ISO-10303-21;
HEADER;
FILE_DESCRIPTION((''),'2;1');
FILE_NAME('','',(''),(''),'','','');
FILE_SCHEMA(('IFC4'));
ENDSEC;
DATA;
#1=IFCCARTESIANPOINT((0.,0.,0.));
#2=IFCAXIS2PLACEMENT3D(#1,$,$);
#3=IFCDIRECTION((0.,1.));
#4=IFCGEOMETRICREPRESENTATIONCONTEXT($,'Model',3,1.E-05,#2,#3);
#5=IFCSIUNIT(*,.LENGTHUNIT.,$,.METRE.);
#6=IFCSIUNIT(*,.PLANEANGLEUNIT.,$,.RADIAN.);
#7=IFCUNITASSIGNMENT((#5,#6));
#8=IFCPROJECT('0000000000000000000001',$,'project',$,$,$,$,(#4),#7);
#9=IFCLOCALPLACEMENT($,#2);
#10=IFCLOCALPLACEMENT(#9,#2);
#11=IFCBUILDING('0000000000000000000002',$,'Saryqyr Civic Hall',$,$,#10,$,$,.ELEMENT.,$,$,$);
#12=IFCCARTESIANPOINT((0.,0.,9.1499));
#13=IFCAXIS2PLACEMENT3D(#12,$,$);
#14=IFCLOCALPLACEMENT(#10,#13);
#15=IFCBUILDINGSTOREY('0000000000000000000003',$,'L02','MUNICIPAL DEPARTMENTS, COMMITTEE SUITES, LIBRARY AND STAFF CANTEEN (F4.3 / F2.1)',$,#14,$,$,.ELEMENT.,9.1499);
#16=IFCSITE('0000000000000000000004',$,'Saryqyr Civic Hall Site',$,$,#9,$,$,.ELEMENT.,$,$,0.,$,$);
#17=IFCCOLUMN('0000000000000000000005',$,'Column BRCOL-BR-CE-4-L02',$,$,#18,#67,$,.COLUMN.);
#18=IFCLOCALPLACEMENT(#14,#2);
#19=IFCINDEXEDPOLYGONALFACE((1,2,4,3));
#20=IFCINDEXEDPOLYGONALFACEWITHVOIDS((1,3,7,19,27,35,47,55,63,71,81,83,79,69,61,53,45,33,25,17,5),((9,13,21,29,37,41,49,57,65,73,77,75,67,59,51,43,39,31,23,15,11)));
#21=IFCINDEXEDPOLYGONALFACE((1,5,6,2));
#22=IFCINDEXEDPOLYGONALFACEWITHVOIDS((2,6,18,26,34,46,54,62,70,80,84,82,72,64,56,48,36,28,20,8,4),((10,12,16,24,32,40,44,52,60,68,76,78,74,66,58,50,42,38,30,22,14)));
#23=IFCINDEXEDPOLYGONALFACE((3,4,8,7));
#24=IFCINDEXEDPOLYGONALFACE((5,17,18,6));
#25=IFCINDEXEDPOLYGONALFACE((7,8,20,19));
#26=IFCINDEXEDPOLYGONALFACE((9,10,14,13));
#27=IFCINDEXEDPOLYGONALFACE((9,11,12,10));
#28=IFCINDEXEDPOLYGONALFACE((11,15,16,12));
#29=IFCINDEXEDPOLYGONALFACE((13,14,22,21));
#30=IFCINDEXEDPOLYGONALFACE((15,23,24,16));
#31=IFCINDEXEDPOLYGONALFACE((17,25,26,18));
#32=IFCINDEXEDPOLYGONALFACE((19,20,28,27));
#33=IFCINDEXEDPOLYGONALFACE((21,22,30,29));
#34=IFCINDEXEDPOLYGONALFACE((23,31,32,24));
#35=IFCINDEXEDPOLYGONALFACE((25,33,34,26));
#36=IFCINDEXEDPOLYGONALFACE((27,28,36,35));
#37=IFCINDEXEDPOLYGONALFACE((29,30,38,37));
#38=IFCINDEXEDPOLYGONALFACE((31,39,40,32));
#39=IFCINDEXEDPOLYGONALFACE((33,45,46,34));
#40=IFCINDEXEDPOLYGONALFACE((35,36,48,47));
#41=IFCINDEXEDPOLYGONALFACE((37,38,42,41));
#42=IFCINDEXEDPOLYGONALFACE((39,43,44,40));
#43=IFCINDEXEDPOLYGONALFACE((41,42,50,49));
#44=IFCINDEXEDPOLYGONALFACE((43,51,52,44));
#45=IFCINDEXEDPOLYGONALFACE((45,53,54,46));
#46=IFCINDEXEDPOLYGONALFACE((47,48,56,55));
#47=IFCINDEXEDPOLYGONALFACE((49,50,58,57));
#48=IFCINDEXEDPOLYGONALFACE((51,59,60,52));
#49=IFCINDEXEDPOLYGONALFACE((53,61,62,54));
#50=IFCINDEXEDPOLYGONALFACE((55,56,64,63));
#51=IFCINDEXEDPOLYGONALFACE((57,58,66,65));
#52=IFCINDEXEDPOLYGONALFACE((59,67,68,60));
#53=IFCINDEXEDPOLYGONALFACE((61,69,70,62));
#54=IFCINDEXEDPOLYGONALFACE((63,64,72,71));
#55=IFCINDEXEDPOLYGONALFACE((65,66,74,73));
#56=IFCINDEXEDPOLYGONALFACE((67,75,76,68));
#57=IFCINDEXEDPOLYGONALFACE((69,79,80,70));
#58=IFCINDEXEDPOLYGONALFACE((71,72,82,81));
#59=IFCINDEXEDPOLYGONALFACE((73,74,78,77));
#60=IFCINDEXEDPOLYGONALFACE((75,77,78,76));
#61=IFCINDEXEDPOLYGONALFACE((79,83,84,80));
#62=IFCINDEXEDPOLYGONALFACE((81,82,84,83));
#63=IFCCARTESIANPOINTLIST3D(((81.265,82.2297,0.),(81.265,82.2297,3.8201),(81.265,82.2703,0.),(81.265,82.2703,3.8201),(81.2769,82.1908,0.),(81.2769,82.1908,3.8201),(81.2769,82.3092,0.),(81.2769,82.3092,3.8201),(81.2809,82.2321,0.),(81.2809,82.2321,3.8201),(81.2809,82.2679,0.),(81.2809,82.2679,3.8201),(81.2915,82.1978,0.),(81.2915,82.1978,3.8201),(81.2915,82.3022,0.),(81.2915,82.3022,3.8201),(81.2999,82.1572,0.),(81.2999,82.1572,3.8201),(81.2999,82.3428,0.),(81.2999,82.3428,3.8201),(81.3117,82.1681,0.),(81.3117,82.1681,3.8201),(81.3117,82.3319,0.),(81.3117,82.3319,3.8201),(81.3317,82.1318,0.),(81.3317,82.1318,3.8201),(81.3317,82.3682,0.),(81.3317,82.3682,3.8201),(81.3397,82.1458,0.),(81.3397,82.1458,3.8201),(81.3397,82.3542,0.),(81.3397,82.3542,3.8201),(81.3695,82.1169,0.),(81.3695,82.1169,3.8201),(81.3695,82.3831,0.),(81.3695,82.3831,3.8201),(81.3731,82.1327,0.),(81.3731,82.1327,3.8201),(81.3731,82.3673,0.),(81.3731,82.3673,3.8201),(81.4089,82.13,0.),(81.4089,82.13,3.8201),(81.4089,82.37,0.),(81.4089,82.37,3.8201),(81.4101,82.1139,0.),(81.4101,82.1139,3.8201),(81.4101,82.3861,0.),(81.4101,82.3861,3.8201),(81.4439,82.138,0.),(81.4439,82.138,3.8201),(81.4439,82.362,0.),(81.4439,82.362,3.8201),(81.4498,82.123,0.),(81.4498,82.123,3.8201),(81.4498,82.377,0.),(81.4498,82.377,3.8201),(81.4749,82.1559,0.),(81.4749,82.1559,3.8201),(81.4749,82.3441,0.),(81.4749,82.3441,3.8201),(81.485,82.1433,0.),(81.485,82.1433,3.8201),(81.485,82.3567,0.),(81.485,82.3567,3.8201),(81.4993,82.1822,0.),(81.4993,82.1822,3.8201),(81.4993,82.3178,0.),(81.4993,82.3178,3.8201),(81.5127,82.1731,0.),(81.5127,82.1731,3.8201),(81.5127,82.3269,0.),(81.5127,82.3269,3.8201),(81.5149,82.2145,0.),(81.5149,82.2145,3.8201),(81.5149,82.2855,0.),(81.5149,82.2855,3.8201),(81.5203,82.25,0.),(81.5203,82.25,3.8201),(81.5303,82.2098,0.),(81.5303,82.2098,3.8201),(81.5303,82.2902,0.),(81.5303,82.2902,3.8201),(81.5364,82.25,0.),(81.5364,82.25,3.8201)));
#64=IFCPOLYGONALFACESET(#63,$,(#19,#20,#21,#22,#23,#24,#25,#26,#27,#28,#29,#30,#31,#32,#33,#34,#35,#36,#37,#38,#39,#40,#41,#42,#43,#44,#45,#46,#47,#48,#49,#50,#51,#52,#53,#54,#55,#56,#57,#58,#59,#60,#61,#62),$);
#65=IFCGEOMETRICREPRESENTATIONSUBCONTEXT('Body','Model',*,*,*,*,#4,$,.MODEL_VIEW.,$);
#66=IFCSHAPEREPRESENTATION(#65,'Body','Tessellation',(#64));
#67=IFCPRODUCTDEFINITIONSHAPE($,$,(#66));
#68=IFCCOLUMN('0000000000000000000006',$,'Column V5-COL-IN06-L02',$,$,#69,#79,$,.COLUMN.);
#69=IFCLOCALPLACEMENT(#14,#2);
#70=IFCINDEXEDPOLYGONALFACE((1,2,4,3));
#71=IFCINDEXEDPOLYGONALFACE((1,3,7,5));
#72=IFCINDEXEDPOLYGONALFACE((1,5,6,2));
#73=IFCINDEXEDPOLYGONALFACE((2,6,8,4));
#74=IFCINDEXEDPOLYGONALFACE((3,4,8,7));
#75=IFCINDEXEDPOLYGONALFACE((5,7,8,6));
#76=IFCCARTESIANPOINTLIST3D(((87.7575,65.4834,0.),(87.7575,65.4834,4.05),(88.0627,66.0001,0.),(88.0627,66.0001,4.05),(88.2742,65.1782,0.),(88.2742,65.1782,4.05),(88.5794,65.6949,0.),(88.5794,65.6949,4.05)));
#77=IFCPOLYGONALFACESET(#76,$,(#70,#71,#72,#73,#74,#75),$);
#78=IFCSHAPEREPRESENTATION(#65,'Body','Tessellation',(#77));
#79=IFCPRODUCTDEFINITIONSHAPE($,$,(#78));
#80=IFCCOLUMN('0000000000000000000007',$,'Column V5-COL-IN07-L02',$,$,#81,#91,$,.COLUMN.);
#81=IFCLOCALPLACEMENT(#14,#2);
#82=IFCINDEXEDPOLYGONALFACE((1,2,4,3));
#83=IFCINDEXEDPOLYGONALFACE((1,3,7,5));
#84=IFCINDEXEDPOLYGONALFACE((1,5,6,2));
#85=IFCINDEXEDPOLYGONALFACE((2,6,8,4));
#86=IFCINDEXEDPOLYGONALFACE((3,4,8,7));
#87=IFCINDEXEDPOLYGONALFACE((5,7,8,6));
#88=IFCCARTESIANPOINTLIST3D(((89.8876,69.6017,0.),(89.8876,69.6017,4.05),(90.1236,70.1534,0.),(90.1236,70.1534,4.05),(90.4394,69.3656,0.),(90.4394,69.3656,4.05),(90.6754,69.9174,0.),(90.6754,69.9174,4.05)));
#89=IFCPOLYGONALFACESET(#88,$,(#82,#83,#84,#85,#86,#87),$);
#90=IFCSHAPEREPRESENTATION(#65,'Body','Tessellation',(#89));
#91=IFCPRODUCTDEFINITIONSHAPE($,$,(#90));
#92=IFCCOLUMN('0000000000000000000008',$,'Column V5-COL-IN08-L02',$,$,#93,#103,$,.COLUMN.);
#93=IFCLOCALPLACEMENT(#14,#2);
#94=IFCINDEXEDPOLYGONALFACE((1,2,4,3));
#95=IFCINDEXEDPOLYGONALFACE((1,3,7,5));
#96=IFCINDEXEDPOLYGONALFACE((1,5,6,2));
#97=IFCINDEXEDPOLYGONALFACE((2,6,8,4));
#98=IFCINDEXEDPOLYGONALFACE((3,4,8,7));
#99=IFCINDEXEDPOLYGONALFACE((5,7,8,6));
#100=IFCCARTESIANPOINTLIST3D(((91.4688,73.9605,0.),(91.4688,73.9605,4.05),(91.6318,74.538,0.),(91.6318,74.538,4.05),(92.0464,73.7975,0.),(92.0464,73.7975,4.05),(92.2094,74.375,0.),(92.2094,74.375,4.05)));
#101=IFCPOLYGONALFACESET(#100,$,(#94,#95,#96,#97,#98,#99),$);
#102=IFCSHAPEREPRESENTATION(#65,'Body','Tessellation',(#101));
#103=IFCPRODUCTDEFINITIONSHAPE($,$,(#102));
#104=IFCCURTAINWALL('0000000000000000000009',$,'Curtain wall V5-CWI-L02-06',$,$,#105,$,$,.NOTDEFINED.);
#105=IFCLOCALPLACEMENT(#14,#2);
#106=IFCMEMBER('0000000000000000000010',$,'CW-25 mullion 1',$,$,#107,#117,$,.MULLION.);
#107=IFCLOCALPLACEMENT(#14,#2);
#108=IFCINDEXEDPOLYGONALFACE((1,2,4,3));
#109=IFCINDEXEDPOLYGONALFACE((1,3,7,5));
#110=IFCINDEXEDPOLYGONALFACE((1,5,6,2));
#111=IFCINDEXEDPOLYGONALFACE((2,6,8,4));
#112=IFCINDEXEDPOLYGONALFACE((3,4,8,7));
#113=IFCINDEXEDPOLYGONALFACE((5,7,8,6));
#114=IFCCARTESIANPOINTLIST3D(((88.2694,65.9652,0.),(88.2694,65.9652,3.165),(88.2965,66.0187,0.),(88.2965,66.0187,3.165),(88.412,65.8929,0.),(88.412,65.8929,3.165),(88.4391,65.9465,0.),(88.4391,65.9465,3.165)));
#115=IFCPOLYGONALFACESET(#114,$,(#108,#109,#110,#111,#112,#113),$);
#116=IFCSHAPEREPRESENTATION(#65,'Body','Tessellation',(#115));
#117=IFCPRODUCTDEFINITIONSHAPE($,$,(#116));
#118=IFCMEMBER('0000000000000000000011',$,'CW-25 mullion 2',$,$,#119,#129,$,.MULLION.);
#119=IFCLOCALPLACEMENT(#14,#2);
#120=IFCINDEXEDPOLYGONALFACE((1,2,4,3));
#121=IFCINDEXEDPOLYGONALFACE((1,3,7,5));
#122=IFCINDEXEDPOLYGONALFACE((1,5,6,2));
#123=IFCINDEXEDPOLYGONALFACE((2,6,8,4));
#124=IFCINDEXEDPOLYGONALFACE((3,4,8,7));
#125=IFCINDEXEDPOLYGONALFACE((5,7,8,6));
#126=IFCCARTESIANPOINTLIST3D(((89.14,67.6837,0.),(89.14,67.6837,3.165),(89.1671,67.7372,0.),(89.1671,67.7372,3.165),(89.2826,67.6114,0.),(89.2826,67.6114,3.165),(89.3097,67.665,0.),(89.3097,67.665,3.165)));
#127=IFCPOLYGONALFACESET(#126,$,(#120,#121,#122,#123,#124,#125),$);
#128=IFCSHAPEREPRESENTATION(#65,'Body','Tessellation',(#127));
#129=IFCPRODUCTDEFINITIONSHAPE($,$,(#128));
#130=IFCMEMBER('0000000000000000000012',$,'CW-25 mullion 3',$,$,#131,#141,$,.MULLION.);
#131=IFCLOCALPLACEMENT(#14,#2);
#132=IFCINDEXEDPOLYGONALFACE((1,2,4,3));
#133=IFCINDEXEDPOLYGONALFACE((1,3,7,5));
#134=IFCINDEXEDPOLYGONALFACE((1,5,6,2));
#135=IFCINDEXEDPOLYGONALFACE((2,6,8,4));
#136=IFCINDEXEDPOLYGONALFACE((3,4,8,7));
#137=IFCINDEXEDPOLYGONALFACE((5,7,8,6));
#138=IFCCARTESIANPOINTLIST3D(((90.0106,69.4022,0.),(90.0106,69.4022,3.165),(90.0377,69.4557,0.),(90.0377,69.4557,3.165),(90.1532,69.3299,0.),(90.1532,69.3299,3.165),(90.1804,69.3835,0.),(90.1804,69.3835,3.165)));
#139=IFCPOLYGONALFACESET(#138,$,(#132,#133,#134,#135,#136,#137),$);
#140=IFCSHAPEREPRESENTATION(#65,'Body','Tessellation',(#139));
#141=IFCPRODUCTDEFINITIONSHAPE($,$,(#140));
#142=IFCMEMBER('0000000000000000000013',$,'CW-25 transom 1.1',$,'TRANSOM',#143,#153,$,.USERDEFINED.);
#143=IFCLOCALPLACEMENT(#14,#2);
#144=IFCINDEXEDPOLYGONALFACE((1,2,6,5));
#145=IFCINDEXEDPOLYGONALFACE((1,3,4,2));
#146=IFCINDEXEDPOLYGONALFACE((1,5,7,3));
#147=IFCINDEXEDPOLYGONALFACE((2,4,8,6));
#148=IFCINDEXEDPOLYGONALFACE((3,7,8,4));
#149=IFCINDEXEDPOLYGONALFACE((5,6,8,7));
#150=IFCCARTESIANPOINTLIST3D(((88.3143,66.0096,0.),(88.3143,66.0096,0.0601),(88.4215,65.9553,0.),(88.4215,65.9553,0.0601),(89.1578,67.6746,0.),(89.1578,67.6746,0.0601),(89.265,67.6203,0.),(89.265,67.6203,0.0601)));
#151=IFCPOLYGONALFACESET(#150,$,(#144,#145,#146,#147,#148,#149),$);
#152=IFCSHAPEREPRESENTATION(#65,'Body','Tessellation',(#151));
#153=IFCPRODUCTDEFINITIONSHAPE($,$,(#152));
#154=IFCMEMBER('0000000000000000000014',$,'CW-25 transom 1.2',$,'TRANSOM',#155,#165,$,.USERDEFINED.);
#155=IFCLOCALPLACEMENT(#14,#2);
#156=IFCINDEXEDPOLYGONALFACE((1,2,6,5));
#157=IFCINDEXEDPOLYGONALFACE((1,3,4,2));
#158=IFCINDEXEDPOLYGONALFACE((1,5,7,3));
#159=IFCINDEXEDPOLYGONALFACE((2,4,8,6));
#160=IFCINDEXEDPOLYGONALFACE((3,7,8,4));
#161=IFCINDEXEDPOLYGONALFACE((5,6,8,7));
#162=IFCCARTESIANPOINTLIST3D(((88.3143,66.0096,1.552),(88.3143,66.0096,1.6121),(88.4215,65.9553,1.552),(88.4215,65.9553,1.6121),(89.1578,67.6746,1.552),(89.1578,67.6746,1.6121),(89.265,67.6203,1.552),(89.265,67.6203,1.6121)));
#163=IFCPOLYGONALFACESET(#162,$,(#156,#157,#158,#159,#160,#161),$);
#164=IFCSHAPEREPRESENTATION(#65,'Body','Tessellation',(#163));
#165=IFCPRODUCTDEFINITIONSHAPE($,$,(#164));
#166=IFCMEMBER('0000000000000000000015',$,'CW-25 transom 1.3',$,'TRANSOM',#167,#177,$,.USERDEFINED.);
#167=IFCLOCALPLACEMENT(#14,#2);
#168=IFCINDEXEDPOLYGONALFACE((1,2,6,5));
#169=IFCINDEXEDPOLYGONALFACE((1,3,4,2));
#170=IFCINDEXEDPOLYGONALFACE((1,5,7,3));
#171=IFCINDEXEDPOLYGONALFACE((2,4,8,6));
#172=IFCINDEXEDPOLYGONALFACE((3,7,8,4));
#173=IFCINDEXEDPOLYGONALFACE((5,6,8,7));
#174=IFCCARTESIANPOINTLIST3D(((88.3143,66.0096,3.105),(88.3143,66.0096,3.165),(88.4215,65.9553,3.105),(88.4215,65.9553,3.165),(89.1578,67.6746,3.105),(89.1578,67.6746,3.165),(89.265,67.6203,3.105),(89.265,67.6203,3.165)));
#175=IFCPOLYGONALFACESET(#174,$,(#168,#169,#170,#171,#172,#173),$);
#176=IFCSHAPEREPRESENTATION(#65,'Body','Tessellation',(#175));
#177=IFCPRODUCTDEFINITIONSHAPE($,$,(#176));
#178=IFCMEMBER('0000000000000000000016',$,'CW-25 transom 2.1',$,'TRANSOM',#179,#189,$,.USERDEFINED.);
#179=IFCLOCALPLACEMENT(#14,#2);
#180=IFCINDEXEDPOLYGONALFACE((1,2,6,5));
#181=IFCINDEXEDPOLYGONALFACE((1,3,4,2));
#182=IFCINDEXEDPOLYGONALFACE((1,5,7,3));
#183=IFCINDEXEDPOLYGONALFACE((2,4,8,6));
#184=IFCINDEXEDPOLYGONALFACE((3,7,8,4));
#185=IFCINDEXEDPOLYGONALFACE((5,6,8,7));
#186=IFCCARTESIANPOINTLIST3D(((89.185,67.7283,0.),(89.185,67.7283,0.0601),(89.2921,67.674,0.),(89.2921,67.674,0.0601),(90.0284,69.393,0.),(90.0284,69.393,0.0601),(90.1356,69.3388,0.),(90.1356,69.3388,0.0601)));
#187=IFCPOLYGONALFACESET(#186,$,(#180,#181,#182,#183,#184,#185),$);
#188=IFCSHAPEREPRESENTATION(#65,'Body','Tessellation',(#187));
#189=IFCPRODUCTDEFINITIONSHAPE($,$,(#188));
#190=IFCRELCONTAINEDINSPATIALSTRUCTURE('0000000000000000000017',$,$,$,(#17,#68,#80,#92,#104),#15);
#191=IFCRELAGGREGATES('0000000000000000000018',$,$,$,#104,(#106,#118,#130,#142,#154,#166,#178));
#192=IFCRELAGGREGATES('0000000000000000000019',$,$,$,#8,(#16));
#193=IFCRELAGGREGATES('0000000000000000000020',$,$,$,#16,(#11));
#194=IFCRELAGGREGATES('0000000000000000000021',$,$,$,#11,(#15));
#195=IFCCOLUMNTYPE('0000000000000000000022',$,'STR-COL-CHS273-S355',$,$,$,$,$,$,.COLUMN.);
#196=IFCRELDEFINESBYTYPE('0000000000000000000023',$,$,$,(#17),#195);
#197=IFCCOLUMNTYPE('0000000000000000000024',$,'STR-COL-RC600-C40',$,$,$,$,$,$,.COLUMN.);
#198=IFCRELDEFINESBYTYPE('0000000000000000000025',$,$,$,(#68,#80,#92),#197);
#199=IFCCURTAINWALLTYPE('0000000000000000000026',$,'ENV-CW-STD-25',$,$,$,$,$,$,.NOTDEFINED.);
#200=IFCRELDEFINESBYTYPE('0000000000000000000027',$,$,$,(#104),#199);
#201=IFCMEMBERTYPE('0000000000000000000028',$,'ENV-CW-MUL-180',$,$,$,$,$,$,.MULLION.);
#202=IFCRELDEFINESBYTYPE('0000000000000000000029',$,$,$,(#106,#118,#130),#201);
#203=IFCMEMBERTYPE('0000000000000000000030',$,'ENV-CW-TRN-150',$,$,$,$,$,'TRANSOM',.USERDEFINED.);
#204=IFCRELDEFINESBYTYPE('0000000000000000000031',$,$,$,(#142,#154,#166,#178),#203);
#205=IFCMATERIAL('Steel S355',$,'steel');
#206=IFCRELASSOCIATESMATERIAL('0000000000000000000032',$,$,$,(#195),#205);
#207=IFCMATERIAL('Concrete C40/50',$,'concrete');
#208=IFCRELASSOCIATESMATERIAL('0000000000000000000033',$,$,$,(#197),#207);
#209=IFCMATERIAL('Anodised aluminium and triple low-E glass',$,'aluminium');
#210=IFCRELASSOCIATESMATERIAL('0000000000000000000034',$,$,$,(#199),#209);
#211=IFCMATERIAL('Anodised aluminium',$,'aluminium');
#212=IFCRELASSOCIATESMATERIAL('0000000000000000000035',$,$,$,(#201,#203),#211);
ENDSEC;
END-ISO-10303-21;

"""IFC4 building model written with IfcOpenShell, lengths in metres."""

from ifc_helpers import new_model, si_unit, direction, frame, origin, origin_2d, place, context, subcontext, project, spatial, rectangle, hollow_circle, extrude, material, material_profile, profile_set, type_object, element, aggregate, save


model = new_model("IFC4")

# Units and contexts
model_context = context("Model", 3, precision=1e-05, world=origin(), true_north=direction((0.0, 1.0)))
body_context = subcontext(model_context, "Body", "Model", "MODEL_VIEW")
ifc_project = project(units=[si_unit("LENGTHUNIT", "METRE"), si_unit("PLANEANGLEUNIT", "RADIAN")], contexts=[model_context])

# Site, building, storey
site_placement = place(None, origin())
site = spatial("IfcSite", under=ifc_project, at=site_placement, Name="Saryqyr Civic Hall Site", CompositionType="ELEMENT", RefElevation=0.0)
building_placement = place(site_placement, origin())
building = spatial("IfcBuilding", under=site, at=building_placement, Name="Saryqyr Civic Hall", CompositionType="ELEMENT")
storey_placement = place(building_placement, frame((0.0, 0.0, 9.1499)))
storey = spatial("IfcBuildingStorey", under=building, at=storey_placement, Name="L02", Description="MUNICIPAL DEPARTMENTS, COMMITTEE SUITES, LIBRARY AND STAFF CANTEEN (F4.3 / F2.1)", CompositionType="ELEMENT", Elevation=9.1499)

# Columns
ifc_material_1 = material(Name="Steel S355", Category="steel")
ifc_material_profile_1 = material_profile(ifc_material_1, hollow_circle(Radius=0.1365, WallThickness=0.0161, at=origin_2d()), Name="CHS 273x16")
ifc_profile_set_1 = profile_set([ifc_material_profile_1], Name="Steel S355")
column_type_1 = type_object("IfcColumnType", Name="STR-COL-CHS273-S355", PredefinedType="COLUMN", material=ifc_profile_set_1)
for number, where, z_axis, x_axis, name in (
    (1, (81.3999, 82.25, 0.0), (0.0, 0.0, 1.0), (1.0, 0.0, 0.0), "Column BRCOL-BR-CE-4-L02"),
):
    element("IfcColumn", number, at=place(storey_placement, frame(where, z_axis=z_axis, x_axis=x_axis)), inside=storey, type_object=column_type_1, Name=name, PredefinedType="COLUMN", context=body_context, shape_type="SweptSolid", body=[
        extrude(hollow_circle(Radius=0.1365, WallThickness=0.0161, at=origin_2d()), origin(), (0.0, 0.0, 1.0), 3.8201),
    ])
ifc_material_2 = material(Name="Concrete C40/50", Category="concrete")
ifc_material_profile_2 = material_profile(ifc_material_2, rectangle(XDim=0.6001, YDim=0.6001, at=origin_2d()), Name="RC 600x600")
ifc_profile_set_2 = profile_set([ifc_material_profile_2], Name="Concrete C40/50")
column_type_2 = type_object("IfcColumnType", Name="STR-COL-RC600-C40", PredefinedType="COLUMN", material=ifc_profile_set_2)
for number, where, z_axis, x_axis, name in (
    (2, (88.1685, 65.5891, 0.0), (0.0, 0.0, 1.0), (0.861008, -0.508591, 0.0), "Column V5-COL-IN06-L02"),
    (3, (90.2815, 69.7595, 0.0), (0.0, 0.0, 1.0), (0.91941, -0.3933, 0.0), "Column V5-COL-IN07-L02"),
    (4, (91.8391, 74.1677, 0.0), (0.0, 0.0, 1.0), (0.962408, -0.271608, 0.0), "Column V5-COL-IN08-L02"),
):
    element("IfcColumn", number, at=place(storey_placement, frame(where, z_axis=z_axis, x_axis=x_axis)), inside=storey, type_object=column_type_2, Name=name, PredefinedType="COLUMN", context=body_context, shape_type="SweptSolid", body=[
        extrude(rectangle(XDim=0.6001, YDim=0.6001, at=origin_2d()), origin(), (0.0, 0.0, 1.0), 4.05),
    ])

# Curtain wall, members
ifc_material_3 = material(Name="Anodised aluminium and triple low-E glass", Category="aluminium")
curtain_wall_type = type_object("IfcCurtainWallType", Name="ENV-CW-STD-25", PredefinedType="NOTDEFINED", material=ifc_material_3)
curtain_wall_placement = place(storey_placement, origin())
curtain_wall = element("IfcCurtainWall", 5, at=curtain_wall_placement, inside=storey, type_object=curtain_wall_type, Name="Curtain wall V5-CWI-L02-06", PredefinedType="NOTDEFINED")
ifc_material_4 = material(Name="Anodised aluminium", Category="aluminium")
ifc_material_profile_3 = material_profile(ifc_material_4, rectangle(XDim=0.0601, YDim=0.1599, at=origin_2d()), Name="ALU MULLION 60x160")
ifc_profile_set_3 = profile_set([ifc_material_profile_3], Name="Anodised aluminium")
member_type_1 = type_object("IfcMemberType", Name="ENV-CW-MUL-180", PredefinedType="MULLION", material=ifc_profile_set_3)
member_1_placement = place(storey_placement, frame((88.3542, 65.9558, 0.0), z_axis=(0.0, 0.0, 1.0), x_axis=(0.45191, 0.892064, 0.0)))
member_1 = element("IfcMember", 6, at=member_1_placement, type_object=member_type_1, Name="CW-25 mullion 1", PredefinedType="MULLION", context=body_context, shape_type="SweptSolid", body=[
    extrude(rectangle(XDim=0.0601, YDim=0.1599, at=origin_2d()), origin(), (0.0, 0.0, 1.0), 3.165),
])
member_2_placement = place(storey_placement, frame((89.2249, 67.6743, 0.0), z_axis=(0.0, 0.0, 1.0), x_axis=(0.45191, 0.892064, 0.0)))
member_2 = element("IfcMember", 7, at=member_2_placement, type_object=member_type_1, Name="CW-25 mullion 2", PredefinedType="MULLION", context=body_context, shape_type="SweptSolid", body=[
    extrude(rectangle(XDim=0.0601, YDim=0.1599, at=origin_2d()), origin(), (0.0, 0.0, 1.0), 3.165),
])
member_3_placement = place(storey_placement, frame((90.0955, 69.3928, 0.0), z_axis=(0.0, 0.0, 1.0), x_axis=(0.45191, 0.892064, 0.0)))
member_3 = element("IfcMember", 8, at=member_3_placement, type_object=member_type_1, Name="CW-25 mullion 3", PredefinedType="MULLION", context=body_context, shape_type="SweptSolid", body=[
    extrude(rectangle(XDim=0.0601, YDim=0.1599, at=origin_2d()), origin(), (0.0, 0.0, 1.0), 3.165),
])
ifc_material_profile_4 = material_profile(ifc_material_4, rectangle(XDim=0.1201, YDim=0.0601, at=origin_2d()), Name="ALU TRANSOM 120x60")
ifc_profile_set_4 = profile_set([ifc_material_profile_4], Name="Anodised aluminium")
member_type_2 = type_object("IfcMemberType", Name="ENV-CW-TRN-150", ElementType="TRANSOM", PredefinedType="USERDEFINED", material=ifc_profile_set_4)
member_4_placement = place(storey_placement, frame((88.3679, 65.9824, 0.03), z_axis=(0.451916, 0.89206, 0.0), x_axis=(-0.89206, 0.451916, 0.0)))
member_4 = element("IfcMember", 9, at=member_4_placement, type_object=member_type_2, Name="CW-25 transom 1.1", ObjectType="TRANSOM", PredefinedType="USERDEFINED", context=body_context, shape_type="SweptSolid", body=[
    extrude(rectangle(XDim=0.1201, YDim=0.0601, at=origin_2d()), origin(), (0.0, 0.0, 1.0), 1.8665),
])
member_5_placement = place(storey_placement, frame((88.3679, 65.9824, 1.582), z_axis=(0.451916, 0.89206, 0.0), x_axis=(-0.89206, 0.451916, 0.0)))
member_5 = element("IfcMember", 10, at=member_5_placement, type_object=member_type_2, Name="CW-25 transom 1.2", ObjectType="TRANSOM", PredefinedType="USERDEFINED", context=body_context, shape_type="SweptSolid", body=[
    extrude(rectangle(XDim=0.1201, YDim=0.0601, at=origin_2d()), origin(), (0.0, 0.0, 1.0), 1.8665),
])
member_6_placement = place(storey_placement, frame((88.3679, 65.9824, 3.135), z_axis=(0.451916, 0.89206, 0.0), x_axis=(-0.89206, 0.451916, 0.0)))
member_6 = element("IfcMember", 11, at=member_6_placement, type_object=member_type_2, Name="CW-25 transom 1.3", ObjectType="TRANSOM", PredefinedType="USERDEFINED", context=body_context, shape_type="SweptSolid", body=[
    extrude(rectangle(XDim=0.1201, YDim=0.0601, at=origin_2d()), origin(), (0.0, 0.0, 1.0), 1.8665),
])
member_7_placement = place(storey_placement, frame((89.2385, 67.7012, 0.03), z_axis=(0.451969, 0.892034, 0.0), x_axis=(-0.892034, 0.451969, 0.0)))
member_7 = element("IfcMember", 12, at=member_7_placement, type_object=member_type_2, Name="CW-25 transom 2.1", ObjectType="TRANSOM", PredefinedType="USERDEFINED", context=body_context, shape_type="SweptSolid", body=[
    extrude(rectangle(XDim=0.1201, YDim=0.0601, at=origin_2d()), origin(), (0.0, 0.0, 1.0), 1.8662),
])

aggregate(curtain_wall, [member_1, member_2, member_3, member_4, member_5, member_6, member_7])

save(model, "model.ifc")
